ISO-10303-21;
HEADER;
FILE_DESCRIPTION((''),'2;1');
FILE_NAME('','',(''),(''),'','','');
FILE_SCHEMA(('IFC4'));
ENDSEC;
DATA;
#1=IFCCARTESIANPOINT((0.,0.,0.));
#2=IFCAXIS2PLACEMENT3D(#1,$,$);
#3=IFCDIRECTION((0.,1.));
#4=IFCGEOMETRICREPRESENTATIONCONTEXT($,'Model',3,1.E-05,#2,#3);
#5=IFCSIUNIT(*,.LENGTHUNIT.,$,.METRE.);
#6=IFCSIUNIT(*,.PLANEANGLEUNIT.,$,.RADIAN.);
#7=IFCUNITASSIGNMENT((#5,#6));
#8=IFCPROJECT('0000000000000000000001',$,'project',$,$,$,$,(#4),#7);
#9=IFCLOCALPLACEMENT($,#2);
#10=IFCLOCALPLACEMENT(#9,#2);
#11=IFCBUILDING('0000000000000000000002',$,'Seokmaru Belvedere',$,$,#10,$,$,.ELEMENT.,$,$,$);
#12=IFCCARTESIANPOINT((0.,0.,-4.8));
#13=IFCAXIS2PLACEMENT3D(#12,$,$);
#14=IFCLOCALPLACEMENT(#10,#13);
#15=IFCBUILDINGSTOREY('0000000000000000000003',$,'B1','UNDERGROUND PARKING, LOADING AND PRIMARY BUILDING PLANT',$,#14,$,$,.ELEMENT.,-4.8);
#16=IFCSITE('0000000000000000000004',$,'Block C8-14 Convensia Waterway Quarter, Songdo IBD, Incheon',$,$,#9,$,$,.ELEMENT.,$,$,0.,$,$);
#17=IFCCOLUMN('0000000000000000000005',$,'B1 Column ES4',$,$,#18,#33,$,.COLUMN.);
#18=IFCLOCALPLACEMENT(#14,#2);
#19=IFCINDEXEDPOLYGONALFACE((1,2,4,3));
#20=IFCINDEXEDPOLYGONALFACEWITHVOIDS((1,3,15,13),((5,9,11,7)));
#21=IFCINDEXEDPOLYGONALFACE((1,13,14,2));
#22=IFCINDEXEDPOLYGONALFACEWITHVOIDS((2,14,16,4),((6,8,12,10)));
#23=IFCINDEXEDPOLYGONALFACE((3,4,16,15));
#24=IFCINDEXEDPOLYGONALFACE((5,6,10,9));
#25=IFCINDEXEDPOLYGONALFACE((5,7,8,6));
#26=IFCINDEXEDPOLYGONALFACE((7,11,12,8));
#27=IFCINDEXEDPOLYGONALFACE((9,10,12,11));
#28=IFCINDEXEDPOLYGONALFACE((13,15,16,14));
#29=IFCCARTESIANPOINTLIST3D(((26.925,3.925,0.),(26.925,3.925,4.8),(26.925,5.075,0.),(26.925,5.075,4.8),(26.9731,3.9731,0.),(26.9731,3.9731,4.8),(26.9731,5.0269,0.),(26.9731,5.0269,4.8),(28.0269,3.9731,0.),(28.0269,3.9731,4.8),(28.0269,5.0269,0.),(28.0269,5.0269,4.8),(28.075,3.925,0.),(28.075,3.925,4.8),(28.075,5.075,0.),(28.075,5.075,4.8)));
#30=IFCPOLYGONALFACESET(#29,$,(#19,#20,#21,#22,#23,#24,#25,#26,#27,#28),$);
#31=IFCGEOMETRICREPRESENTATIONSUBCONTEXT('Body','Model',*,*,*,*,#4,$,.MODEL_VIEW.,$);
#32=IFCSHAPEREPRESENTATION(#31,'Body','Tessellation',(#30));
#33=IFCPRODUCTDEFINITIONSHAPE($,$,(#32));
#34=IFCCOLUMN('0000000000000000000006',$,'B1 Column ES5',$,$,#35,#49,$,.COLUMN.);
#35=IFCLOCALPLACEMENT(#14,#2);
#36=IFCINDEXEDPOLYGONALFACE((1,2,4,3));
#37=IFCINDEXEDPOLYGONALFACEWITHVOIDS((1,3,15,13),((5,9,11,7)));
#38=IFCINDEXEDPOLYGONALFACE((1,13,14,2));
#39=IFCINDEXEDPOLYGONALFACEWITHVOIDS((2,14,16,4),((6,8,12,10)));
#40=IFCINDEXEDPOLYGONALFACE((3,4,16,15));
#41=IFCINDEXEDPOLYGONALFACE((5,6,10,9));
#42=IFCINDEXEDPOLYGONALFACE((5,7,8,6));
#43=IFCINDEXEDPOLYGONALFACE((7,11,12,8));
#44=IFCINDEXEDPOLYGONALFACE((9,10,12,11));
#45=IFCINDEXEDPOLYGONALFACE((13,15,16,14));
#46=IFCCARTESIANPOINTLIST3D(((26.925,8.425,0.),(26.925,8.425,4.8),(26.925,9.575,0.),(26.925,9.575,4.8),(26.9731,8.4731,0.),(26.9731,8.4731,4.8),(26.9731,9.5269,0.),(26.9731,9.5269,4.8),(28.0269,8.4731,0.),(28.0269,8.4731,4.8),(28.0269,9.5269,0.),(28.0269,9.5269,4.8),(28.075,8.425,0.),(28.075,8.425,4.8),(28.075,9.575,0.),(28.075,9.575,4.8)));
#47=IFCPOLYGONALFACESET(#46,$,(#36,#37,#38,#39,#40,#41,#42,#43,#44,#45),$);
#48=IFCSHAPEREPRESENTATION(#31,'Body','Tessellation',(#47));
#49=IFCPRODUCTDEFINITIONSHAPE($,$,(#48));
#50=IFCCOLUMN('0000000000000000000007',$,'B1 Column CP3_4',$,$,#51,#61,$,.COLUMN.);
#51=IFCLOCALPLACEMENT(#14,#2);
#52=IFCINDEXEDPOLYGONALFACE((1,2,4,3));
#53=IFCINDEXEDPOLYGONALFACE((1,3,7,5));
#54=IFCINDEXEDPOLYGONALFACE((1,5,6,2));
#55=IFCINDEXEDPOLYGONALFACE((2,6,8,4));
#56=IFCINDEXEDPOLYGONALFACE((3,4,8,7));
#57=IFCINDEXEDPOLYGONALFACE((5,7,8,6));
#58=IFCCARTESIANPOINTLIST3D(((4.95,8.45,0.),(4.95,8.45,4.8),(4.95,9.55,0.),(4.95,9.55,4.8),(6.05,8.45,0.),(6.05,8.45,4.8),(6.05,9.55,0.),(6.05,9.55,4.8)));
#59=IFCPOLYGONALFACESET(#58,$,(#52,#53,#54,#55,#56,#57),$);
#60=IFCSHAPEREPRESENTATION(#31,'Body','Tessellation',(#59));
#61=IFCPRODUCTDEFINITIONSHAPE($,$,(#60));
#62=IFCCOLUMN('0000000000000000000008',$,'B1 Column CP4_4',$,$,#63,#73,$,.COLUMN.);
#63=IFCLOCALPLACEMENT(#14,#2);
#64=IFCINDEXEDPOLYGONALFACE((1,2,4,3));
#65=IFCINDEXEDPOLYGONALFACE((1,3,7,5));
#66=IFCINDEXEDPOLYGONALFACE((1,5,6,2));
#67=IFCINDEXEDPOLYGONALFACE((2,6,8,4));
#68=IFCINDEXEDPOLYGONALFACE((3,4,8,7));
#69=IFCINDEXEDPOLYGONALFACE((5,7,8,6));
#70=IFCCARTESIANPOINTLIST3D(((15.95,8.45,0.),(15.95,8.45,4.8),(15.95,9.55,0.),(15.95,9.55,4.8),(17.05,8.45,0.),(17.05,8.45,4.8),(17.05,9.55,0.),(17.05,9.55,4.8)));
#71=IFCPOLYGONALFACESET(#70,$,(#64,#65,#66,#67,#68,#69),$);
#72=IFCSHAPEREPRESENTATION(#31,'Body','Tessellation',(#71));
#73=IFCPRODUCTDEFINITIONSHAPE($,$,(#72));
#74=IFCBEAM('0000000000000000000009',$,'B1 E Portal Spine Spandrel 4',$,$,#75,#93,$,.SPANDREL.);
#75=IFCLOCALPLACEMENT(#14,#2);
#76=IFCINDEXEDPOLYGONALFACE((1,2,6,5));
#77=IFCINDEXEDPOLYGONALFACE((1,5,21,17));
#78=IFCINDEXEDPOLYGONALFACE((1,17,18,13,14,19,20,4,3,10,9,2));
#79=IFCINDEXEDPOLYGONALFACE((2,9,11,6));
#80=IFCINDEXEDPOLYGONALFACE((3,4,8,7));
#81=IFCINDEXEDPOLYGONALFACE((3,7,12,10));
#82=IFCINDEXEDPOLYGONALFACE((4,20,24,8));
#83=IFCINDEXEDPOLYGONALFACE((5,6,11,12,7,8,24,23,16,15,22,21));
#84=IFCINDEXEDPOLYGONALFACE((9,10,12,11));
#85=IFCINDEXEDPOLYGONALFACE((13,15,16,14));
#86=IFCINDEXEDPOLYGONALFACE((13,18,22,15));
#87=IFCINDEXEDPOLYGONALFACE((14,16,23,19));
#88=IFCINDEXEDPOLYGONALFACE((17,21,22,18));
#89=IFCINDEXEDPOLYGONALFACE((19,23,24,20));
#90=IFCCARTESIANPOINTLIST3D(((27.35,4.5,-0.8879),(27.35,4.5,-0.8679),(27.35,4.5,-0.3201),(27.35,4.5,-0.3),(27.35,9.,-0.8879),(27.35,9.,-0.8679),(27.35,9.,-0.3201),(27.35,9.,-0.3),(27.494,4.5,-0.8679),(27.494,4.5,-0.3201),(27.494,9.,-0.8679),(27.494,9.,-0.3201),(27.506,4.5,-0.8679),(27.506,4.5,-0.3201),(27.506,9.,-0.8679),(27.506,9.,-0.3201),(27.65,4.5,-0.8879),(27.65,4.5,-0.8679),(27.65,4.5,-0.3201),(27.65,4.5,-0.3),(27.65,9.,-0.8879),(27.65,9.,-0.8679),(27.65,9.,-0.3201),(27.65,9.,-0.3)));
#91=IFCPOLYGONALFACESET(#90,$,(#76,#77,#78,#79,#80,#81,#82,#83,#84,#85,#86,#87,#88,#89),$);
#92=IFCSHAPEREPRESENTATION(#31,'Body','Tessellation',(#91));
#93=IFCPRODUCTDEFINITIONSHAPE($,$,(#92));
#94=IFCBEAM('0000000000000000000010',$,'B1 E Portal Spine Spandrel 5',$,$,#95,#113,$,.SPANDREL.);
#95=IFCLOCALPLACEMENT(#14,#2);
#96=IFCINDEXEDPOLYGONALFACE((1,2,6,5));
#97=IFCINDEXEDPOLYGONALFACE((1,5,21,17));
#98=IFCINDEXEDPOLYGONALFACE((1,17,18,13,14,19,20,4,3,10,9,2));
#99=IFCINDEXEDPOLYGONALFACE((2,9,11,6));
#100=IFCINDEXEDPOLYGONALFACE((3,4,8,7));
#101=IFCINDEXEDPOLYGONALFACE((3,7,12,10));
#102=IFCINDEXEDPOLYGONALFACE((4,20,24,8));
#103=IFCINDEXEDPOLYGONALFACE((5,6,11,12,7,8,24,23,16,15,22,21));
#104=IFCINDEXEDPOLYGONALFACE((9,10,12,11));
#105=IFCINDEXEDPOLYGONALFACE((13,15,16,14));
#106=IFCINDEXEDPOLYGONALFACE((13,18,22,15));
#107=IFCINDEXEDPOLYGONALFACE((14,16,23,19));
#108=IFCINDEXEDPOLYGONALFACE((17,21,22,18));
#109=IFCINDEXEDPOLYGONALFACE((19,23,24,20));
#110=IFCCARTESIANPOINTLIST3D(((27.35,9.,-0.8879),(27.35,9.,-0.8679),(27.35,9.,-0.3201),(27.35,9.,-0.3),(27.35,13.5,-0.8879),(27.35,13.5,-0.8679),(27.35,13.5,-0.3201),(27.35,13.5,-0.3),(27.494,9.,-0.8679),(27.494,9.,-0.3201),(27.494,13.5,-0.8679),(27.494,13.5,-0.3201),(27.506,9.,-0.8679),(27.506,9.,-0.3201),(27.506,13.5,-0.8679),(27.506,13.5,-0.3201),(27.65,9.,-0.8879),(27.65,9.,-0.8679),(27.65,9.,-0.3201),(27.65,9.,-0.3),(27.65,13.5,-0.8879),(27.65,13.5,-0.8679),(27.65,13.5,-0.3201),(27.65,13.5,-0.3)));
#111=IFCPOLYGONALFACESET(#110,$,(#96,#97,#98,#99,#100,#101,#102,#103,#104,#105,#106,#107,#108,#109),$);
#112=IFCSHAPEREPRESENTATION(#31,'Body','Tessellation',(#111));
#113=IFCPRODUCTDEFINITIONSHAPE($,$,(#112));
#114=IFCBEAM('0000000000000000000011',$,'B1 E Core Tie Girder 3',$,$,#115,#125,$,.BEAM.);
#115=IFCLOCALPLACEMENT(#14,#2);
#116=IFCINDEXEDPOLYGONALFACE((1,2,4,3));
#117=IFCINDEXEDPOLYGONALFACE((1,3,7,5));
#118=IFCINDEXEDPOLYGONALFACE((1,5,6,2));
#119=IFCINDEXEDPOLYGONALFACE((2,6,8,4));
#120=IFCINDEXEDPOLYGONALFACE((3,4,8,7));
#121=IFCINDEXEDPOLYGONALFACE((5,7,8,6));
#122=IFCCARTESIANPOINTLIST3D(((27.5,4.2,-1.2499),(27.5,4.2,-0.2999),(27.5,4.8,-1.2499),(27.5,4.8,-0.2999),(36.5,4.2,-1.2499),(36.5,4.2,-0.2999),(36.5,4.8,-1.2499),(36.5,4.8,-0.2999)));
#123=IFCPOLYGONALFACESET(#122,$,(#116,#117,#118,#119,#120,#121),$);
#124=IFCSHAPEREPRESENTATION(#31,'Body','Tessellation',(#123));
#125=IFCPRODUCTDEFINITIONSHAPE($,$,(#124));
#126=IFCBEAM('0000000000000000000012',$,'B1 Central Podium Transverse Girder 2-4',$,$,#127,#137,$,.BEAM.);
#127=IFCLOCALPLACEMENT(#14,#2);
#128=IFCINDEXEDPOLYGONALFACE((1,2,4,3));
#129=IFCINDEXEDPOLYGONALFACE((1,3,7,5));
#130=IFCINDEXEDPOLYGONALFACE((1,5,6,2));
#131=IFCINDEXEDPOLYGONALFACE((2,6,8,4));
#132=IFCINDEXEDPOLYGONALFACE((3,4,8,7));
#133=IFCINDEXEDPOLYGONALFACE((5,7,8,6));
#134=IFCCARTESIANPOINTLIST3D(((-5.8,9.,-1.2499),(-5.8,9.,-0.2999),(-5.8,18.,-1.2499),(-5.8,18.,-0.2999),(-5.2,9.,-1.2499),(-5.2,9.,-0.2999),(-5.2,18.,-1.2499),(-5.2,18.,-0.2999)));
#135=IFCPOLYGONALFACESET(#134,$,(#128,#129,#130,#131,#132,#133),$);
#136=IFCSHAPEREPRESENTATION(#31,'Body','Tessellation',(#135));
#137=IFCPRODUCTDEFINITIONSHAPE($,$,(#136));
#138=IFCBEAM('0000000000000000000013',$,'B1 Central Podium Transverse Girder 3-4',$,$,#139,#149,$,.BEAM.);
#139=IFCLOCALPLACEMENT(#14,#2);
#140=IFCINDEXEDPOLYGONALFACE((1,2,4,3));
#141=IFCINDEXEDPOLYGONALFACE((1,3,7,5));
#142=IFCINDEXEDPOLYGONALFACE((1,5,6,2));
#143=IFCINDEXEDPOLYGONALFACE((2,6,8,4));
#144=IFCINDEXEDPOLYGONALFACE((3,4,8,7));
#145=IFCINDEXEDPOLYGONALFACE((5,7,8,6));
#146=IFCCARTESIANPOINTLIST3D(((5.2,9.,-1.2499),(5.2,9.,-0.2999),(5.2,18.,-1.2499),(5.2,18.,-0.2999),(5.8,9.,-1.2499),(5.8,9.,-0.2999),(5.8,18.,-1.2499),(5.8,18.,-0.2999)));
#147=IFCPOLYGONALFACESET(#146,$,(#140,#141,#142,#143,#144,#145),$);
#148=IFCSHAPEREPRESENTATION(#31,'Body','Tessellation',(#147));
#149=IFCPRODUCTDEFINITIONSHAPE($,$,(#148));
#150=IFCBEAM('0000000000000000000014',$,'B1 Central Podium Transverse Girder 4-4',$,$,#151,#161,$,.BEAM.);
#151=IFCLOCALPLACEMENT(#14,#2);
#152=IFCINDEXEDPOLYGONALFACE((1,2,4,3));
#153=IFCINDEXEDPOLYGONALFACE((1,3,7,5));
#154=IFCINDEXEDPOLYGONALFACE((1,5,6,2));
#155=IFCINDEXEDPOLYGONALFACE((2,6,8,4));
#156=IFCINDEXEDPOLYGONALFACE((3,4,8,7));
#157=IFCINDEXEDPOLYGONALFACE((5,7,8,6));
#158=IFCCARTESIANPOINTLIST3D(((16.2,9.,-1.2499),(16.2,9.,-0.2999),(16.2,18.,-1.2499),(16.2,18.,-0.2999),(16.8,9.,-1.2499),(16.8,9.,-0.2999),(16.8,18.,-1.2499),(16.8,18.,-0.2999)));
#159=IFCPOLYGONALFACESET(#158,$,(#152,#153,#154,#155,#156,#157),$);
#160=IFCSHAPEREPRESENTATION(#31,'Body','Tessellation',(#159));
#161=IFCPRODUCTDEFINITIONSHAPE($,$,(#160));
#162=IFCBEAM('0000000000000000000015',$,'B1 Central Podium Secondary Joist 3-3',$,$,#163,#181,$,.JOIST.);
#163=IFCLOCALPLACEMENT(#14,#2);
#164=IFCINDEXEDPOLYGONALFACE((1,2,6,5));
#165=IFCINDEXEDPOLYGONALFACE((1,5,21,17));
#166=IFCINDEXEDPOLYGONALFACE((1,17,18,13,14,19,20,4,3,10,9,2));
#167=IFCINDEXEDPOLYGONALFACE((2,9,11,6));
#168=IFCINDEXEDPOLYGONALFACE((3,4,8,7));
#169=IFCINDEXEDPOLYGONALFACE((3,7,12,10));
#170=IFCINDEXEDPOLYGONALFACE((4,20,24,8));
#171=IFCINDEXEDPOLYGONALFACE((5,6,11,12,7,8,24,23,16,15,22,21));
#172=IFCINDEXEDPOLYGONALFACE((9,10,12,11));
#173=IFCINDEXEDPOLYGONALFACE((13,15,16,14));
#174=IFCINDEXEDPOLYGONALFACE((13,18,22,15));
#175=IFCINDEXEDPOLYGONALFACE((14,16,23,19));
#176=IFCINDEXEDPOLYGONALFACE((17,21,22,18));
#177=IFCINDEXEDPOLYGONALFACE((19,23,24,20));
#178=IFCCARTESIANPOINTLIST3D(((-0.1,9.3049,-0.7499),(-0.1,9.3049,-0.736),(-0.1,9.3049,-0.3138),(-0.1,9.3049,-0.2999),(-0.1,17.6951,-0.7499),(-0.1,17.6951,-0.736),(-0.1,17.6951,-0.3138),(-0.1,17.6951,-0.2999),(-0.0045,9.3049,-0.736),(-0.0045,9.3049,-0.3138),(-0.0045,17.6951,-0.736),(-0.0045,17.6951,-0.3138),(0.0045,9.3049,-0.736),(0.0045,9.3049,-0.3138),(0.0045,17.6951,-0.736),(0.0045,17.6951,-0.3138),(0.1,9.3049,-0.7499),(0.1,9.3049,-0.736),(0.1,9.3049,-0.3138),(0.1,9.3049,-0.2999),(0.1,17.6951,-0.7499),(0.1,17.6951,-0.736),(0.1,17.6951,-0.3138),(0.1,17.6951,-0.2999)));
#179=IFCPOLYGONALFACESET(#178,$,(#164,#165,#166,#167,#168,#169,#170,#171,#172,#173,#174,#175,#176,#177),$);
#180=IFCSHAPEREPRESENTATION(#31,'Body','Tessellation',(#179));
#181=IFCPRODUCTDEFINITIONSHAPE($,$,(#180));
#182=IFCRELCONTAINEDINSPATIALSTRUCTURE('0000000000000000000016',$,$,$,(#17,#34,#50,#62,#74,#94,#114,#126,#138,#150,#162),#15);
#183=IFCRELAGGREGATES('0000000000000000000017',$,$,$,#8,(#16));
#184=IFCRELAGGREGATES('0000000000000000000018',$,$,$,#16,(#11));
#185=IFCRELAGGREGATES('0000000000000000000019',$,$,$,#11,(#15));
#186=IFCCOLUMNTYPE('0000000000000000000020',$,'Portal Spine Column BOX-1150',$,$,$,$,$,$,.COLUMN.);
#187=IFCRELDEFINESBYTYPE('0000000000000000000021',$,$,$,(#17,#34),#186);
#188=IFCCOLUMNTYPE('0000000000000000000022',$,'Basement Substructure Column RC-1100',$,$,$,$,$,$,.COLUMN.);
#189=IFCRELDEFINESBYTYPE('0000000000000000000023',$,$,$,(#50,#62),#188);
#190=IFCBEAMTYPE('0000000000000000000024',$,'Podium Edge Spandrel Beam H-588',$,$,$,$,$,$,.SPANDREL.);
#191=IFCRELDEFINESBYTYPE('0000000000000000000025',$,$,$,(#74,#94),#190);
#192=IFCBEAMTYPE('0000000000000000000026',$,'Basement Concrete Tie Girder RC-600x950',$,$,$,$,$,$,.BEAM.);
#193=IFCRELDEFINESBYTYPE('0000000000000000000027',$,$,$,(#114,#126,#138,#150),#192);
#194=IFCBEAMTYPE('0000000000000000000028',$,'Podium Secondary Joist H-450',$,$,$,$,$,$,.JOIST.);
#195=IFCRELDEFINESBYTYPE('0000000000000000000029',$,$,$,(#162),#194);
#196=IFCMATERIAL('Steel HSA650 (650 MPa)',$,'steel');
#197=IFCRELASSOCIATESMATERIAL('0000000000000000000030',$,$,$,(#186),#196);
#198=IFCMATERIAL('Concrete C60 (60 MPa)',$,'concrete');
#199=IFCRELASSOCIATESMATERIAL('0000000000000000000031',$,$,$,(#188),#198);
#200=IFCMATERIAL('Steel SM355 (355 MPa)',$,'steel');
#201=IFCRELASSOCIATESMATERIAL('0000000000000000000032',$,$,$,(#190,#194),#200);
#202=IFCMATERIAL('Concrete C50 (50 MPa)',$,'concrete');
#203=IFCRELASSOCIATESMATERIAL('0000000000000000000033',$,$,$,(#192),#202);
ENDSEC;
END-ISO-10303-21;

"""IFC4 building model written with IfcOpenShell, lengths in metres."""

from ifc_helpers import new_model, si_unit, direction, frame, origin, origin_2d, place, context, subcontext, project, spatial, rectangle, hollow_rectangle, i_section, extrude, source, transform, mapped, material, material_profile, profile_set, type_object, type_shapes, element, save


model = new_model("IFC4")

# Units and contexts
model_context = context("Model", 3, precision=1e-05, world=origin(), true_north=direction((0.0, 1.0)))
body_context = subcontext(model_context, "Body", "Model", "MODEL_VIEW")
ifc_project = project(units=[si_unit("LENGTHUNIT", "METRE"), si_unit("PLANEANGLEUNIT", "RADIAN")], contexts=[model_context])

# Site, building, storey
site_placement = place(None, origin())
site = spatial("IfcSite", under=ifc_project, at=site_placement, Name="Block C8-14 Convensia Waterway Quarter, Songdo IBD, Incheon", CompositionType="ELEMENT", RefElevation=0.0)
building_placement = place(site_placement, origin())
building = spatial("IfcBuilding", under=site, at=building_placement, Name="Seokmaru Belvedere", CompositionType="ELEMENT")
storey_placement = place(building_placement, frame((0.0, 0.0, -4.8)))
storey = spatial("IfcBuildingStorey", under=building, at=storey_placement, Name="B1", Description="UNDERGROUND PARKING, LOADING AND PRIMARY BUILDING PLANT", CompositionType="ELEMENT", Elevation=-4.8)

# Columns
ifc_material_1 = material(Name="Steel HSA650 (650 MPa)", Category="steel")
ifc_material_profile_1 = material_profile(ifc_material_1, hollow_rectangle(XDim=1.1499, YDim=1.1499, WallThickness=0.0481, at=origin_2d()), Name="BOX-1150x1150x48")
ifc_profile_set_1 = profile_set([ifc_material_profile_1], Name="Steel HSA650 (650 MPa)")
column_type_1 = type_object("IfcColumnType", Name="Portal Spine Column BOX-1150", PredefinedType="COLUMN", material=ifc_profile_set_1)
shared_shape_1 = source(origin(), body_context, "Body", "SweptSolid", [
    extrude(hollow_rectangle(XDim=1.1499, YDim=1.1499, WallThickness=0.0481, at=origin_2d()), origin(), (0.0, 0.0, 1.0), 4.8),
])
type_shapes(column_type_1, [shared_shape_1])
for number, where, z_axis, x_axis, name in (
    (1, (27.5, 4.5, 0.0), (0.0, 0.0, 1.0), (1.0, 0.0, 0.0), "B1 Column ES4"),
    (2, (27.5, 9.0, 0.0), (0.0, 0.0, 1.0), (1.0, 0.0, 0.0), "B1 Column ES5"),
):
    element("IfcColumn", number, at=place(storey_placement, frame(where, z_axis=z_axis, x_axis=x_axis)), inside=storey, type_object=column_type_1, Name=name, PredefinedType="COLUMN", context=body_context, shape_type="MappedRepresentation", body=[
        mapped(shared_shape_1, transform((0.0, 0.0, 0.0), scale=1.0)),
    ])
ifc_material_2 = material(Name="Concrete C60 (60 MPa)", Category="concrete")
ifc_material_profile_2 = material_profile(ifc_material_2, rectangle(XDim=1.1001, YDim=1.1001, at=origin_2d()), Name="RC-1100x1100")
ifc_profile_set_2 = profile_set([ifc_material_profile_2], Name="Concrete C60 (60 MPa)")
column_type_2 = type_object("IfcColumnType", Name="Basement Substructure Column RC-1100", PredefinedType="COLUMN", material=ifc_profile_set_2)
shared_shape_2 = source(origin(), body_context, "Body", "SweptSolid", [
    extrude(rectangle(XDim=1.1001, YDim=1.1001, at=origin_2d()), origin(), (0.0, 0.0, 1.0), 4.8),
])
type_shapes(column_type_2, [shared_shape_2])
for number, where, z_axis, x_axis, name in (
    (3, (5.5, 9.0, 0.0), (0.0, 0.0, 1.0), (1.0, 0.0, 0.0), "B1 Column CP3_4"),
    (4, (16.5, 9.0, 0.0), (0.0, 0.0, 1.0), (1.0, 0.0, 0.0), "B1 Column CP4_4"),
):
    element("IfcColumn", number, at=place(storey_placement, frame(where, z_axis=z_axis, x_axis=x_axis)), inside=storey, type_object=column_type_2, Name=name, PredefinedType="COLUMN", context=body_context, shape_type="MappedRepresentation", body=[
        mapped(shared_shape_2, transform((0.0, 0.0, 0.0), scale=1.0)),
    ])

# Beams
ifc_material_3 = material(Name="Steel SM355 (355 MPa)", Category="steel")
ifc_material_profile_3 = material_profile(ifc_material_3, i_section(OverallWidth=0.3, OverallDepth=0.5879, WebThickness=0.012, FlangeThickness=0.02, at=origin_2d()), Name="H-588x300x12x20")
ifc_profile_set_3 = profile_set([ifc_material_profile_3], Name="Steel SM355 (355 MPa)")
beam_type_1 = type_object("IfcBeamType", Name="Podium Edge Spandrel Beam H-588", PredefinedType="SPANDREL", material=ifc_profile_set_3)
shared_shape_3 = source(origin(), body_context, "Body", "SweptSolid", [
    extrude(i_section(OverallWidth=0.3, OverallDepth=0.5879, WebThickness=0.012, FlangeThickness=0.02, at=origin_2d()), origin(), (0.0, 0.0, 1.0), 4.5),
])
type_shapes(beam_type_1, [shared_shape_3])
for number, where, z_axis, x_axis, name in (
    (5, (27.5, 4.5, -0.594), (0.0, 1.0, 0.0), (-1.0, 0.0, 0.0), "B1 E Portal Spine Spandrel 4"),
    (6, (27.5, 9.0, -0.594), (0.0, 1.0, 0.0), (-1.0, 0.0, 0.0), "B1 E Portal Spine Spandrel 5"),
):
    element("IfcBeam", number, at=place(storey_placement, frame(where, z_axis=z_axis, x_axis=x_axis)), inside=storey, type_object=beam_type_1, Name=name, PredefinedType="SPANDREL", context=body_context, shape_type="MappedRepresentation", body=[
        mapped(shared_shape_3, transform((0.0, 0.0, 0.0), scale=1.0)),
    ])
ifc_material_4 = material(Name="Concrete C50 (50 MPa)", Category="concrete")
ifc_material_profile_4 = material_profile(ifc_material_4, rectangle(XDim=0.6001, YDim=0.95, at=origin_2d()), Name="RC-600x950")
ifc_profile_set_4 = profile_set([ifc_material_profile_4], Name="Concrete C50 (50 MPa)")
beam_type_2 = type_object("IfcBeamType", Name="Basement Concrete Tie Girder RC-600x950", PredefinedType="BEAM", material=ifc_profile_set_4)
shared_shape_4 = source(origin(), body_context, "Body", "SweptSolid", [
    extrude(rectangle(XDim=0.6001, YDim=0.95, at=origin_2d()), origin(), (0.0, 0.0, 1.0), 9.0),
])
for number, where, z_axis, x_axis, name in (
    (7, (27.5, 4.5, -0.7749), (1.0, 0.0, 0.0), (0.0, 1.0, 0.0), "B1 E Core Tie Girder 3"),
    (8, (-5.5, 9.0, -0.7749), (0.0, 1.0, 0.0), (-1.0, 0.0, 0.0), "B1 Central Podium Transverse Girder 2-4"),
    (9, (5.5, 9.0, -0.7749), (0.0, 1.0, 0.0), (-1.0, 0.0, 0.0), "B1 Central Podium Transverse Girder 3-4"),
    (10, (16.5, 9.0, -0.7749), (0.0, 1.0, 0.0), (-1.0, 0.0, 0.0), "B1 Central Podium Transverse Girder 4-4"),
):
    element("IfcBeam", number, at=place(storey_placement, frame(where, z_axis=z_axis, x_axis=x_axis)), inside=storey, type_object=beam_type_2, Name=name, PredefinedType="BEAM", context=body_context, shape_type="MappedRepresentation", body=[
        mapped(shared_shape_4, transform((0.0, 0.0, 0.0), scale=1.0)),
    ])
ifc_material_profile_5 = material_profile(ifc_material_3, i_section(OverallWidth=0.2, OverallDepth=0.45, WebThickness=0.009, FlangeThickness=0.0139, at=origin_2d()), Name="H-450x200x9x14")
ifc_profile_set_5 = profile_set([ifc_material_profile_5], Name="Steel SM355 (355 MPa)")
beam_type_3 = type_object("IfcBeamType", Name="Podium Secondary Joist H-450", PredefinedType="JOIST", material=ifc_profile_set_5)
shared_shape_5 = source(origin(), body_context, "Body", "SweptSolid", [
    extrude(i_section(OverallWidth=0.2, OverallDepth=0.45, WebThickness=0.009, FlangeThickness=0.0139, at=origin_2d()), origin(), (0.0, 0.0, 1.0), 8.3901),
])
type_shapes(beam_type_3, [shared_shape_5])
for number, where, z_axis, x_axis, name in (
    (11, (0.0, 9.3049, -0.5249), (0.0, 1.0, 0.0), (-1.0, 0.0, 0.0), "B1 Central Podium Secondary Joist 3-3"),
):
    element("IfcBeam", number, at=place(storey_placement, frame(where, z_axis=z_axis, x_axis=x_axis)), inside=storey, type_object=beam_type_3, Name=name, PredefinedType="JOIST", context=body_context, shape_type="MappedRepresentation", body=[
        mapped(shared_shape_5, transform((0.0, 0.0, 0.0), scale=1.0)),
    ])

save(model, "model.ifc")
